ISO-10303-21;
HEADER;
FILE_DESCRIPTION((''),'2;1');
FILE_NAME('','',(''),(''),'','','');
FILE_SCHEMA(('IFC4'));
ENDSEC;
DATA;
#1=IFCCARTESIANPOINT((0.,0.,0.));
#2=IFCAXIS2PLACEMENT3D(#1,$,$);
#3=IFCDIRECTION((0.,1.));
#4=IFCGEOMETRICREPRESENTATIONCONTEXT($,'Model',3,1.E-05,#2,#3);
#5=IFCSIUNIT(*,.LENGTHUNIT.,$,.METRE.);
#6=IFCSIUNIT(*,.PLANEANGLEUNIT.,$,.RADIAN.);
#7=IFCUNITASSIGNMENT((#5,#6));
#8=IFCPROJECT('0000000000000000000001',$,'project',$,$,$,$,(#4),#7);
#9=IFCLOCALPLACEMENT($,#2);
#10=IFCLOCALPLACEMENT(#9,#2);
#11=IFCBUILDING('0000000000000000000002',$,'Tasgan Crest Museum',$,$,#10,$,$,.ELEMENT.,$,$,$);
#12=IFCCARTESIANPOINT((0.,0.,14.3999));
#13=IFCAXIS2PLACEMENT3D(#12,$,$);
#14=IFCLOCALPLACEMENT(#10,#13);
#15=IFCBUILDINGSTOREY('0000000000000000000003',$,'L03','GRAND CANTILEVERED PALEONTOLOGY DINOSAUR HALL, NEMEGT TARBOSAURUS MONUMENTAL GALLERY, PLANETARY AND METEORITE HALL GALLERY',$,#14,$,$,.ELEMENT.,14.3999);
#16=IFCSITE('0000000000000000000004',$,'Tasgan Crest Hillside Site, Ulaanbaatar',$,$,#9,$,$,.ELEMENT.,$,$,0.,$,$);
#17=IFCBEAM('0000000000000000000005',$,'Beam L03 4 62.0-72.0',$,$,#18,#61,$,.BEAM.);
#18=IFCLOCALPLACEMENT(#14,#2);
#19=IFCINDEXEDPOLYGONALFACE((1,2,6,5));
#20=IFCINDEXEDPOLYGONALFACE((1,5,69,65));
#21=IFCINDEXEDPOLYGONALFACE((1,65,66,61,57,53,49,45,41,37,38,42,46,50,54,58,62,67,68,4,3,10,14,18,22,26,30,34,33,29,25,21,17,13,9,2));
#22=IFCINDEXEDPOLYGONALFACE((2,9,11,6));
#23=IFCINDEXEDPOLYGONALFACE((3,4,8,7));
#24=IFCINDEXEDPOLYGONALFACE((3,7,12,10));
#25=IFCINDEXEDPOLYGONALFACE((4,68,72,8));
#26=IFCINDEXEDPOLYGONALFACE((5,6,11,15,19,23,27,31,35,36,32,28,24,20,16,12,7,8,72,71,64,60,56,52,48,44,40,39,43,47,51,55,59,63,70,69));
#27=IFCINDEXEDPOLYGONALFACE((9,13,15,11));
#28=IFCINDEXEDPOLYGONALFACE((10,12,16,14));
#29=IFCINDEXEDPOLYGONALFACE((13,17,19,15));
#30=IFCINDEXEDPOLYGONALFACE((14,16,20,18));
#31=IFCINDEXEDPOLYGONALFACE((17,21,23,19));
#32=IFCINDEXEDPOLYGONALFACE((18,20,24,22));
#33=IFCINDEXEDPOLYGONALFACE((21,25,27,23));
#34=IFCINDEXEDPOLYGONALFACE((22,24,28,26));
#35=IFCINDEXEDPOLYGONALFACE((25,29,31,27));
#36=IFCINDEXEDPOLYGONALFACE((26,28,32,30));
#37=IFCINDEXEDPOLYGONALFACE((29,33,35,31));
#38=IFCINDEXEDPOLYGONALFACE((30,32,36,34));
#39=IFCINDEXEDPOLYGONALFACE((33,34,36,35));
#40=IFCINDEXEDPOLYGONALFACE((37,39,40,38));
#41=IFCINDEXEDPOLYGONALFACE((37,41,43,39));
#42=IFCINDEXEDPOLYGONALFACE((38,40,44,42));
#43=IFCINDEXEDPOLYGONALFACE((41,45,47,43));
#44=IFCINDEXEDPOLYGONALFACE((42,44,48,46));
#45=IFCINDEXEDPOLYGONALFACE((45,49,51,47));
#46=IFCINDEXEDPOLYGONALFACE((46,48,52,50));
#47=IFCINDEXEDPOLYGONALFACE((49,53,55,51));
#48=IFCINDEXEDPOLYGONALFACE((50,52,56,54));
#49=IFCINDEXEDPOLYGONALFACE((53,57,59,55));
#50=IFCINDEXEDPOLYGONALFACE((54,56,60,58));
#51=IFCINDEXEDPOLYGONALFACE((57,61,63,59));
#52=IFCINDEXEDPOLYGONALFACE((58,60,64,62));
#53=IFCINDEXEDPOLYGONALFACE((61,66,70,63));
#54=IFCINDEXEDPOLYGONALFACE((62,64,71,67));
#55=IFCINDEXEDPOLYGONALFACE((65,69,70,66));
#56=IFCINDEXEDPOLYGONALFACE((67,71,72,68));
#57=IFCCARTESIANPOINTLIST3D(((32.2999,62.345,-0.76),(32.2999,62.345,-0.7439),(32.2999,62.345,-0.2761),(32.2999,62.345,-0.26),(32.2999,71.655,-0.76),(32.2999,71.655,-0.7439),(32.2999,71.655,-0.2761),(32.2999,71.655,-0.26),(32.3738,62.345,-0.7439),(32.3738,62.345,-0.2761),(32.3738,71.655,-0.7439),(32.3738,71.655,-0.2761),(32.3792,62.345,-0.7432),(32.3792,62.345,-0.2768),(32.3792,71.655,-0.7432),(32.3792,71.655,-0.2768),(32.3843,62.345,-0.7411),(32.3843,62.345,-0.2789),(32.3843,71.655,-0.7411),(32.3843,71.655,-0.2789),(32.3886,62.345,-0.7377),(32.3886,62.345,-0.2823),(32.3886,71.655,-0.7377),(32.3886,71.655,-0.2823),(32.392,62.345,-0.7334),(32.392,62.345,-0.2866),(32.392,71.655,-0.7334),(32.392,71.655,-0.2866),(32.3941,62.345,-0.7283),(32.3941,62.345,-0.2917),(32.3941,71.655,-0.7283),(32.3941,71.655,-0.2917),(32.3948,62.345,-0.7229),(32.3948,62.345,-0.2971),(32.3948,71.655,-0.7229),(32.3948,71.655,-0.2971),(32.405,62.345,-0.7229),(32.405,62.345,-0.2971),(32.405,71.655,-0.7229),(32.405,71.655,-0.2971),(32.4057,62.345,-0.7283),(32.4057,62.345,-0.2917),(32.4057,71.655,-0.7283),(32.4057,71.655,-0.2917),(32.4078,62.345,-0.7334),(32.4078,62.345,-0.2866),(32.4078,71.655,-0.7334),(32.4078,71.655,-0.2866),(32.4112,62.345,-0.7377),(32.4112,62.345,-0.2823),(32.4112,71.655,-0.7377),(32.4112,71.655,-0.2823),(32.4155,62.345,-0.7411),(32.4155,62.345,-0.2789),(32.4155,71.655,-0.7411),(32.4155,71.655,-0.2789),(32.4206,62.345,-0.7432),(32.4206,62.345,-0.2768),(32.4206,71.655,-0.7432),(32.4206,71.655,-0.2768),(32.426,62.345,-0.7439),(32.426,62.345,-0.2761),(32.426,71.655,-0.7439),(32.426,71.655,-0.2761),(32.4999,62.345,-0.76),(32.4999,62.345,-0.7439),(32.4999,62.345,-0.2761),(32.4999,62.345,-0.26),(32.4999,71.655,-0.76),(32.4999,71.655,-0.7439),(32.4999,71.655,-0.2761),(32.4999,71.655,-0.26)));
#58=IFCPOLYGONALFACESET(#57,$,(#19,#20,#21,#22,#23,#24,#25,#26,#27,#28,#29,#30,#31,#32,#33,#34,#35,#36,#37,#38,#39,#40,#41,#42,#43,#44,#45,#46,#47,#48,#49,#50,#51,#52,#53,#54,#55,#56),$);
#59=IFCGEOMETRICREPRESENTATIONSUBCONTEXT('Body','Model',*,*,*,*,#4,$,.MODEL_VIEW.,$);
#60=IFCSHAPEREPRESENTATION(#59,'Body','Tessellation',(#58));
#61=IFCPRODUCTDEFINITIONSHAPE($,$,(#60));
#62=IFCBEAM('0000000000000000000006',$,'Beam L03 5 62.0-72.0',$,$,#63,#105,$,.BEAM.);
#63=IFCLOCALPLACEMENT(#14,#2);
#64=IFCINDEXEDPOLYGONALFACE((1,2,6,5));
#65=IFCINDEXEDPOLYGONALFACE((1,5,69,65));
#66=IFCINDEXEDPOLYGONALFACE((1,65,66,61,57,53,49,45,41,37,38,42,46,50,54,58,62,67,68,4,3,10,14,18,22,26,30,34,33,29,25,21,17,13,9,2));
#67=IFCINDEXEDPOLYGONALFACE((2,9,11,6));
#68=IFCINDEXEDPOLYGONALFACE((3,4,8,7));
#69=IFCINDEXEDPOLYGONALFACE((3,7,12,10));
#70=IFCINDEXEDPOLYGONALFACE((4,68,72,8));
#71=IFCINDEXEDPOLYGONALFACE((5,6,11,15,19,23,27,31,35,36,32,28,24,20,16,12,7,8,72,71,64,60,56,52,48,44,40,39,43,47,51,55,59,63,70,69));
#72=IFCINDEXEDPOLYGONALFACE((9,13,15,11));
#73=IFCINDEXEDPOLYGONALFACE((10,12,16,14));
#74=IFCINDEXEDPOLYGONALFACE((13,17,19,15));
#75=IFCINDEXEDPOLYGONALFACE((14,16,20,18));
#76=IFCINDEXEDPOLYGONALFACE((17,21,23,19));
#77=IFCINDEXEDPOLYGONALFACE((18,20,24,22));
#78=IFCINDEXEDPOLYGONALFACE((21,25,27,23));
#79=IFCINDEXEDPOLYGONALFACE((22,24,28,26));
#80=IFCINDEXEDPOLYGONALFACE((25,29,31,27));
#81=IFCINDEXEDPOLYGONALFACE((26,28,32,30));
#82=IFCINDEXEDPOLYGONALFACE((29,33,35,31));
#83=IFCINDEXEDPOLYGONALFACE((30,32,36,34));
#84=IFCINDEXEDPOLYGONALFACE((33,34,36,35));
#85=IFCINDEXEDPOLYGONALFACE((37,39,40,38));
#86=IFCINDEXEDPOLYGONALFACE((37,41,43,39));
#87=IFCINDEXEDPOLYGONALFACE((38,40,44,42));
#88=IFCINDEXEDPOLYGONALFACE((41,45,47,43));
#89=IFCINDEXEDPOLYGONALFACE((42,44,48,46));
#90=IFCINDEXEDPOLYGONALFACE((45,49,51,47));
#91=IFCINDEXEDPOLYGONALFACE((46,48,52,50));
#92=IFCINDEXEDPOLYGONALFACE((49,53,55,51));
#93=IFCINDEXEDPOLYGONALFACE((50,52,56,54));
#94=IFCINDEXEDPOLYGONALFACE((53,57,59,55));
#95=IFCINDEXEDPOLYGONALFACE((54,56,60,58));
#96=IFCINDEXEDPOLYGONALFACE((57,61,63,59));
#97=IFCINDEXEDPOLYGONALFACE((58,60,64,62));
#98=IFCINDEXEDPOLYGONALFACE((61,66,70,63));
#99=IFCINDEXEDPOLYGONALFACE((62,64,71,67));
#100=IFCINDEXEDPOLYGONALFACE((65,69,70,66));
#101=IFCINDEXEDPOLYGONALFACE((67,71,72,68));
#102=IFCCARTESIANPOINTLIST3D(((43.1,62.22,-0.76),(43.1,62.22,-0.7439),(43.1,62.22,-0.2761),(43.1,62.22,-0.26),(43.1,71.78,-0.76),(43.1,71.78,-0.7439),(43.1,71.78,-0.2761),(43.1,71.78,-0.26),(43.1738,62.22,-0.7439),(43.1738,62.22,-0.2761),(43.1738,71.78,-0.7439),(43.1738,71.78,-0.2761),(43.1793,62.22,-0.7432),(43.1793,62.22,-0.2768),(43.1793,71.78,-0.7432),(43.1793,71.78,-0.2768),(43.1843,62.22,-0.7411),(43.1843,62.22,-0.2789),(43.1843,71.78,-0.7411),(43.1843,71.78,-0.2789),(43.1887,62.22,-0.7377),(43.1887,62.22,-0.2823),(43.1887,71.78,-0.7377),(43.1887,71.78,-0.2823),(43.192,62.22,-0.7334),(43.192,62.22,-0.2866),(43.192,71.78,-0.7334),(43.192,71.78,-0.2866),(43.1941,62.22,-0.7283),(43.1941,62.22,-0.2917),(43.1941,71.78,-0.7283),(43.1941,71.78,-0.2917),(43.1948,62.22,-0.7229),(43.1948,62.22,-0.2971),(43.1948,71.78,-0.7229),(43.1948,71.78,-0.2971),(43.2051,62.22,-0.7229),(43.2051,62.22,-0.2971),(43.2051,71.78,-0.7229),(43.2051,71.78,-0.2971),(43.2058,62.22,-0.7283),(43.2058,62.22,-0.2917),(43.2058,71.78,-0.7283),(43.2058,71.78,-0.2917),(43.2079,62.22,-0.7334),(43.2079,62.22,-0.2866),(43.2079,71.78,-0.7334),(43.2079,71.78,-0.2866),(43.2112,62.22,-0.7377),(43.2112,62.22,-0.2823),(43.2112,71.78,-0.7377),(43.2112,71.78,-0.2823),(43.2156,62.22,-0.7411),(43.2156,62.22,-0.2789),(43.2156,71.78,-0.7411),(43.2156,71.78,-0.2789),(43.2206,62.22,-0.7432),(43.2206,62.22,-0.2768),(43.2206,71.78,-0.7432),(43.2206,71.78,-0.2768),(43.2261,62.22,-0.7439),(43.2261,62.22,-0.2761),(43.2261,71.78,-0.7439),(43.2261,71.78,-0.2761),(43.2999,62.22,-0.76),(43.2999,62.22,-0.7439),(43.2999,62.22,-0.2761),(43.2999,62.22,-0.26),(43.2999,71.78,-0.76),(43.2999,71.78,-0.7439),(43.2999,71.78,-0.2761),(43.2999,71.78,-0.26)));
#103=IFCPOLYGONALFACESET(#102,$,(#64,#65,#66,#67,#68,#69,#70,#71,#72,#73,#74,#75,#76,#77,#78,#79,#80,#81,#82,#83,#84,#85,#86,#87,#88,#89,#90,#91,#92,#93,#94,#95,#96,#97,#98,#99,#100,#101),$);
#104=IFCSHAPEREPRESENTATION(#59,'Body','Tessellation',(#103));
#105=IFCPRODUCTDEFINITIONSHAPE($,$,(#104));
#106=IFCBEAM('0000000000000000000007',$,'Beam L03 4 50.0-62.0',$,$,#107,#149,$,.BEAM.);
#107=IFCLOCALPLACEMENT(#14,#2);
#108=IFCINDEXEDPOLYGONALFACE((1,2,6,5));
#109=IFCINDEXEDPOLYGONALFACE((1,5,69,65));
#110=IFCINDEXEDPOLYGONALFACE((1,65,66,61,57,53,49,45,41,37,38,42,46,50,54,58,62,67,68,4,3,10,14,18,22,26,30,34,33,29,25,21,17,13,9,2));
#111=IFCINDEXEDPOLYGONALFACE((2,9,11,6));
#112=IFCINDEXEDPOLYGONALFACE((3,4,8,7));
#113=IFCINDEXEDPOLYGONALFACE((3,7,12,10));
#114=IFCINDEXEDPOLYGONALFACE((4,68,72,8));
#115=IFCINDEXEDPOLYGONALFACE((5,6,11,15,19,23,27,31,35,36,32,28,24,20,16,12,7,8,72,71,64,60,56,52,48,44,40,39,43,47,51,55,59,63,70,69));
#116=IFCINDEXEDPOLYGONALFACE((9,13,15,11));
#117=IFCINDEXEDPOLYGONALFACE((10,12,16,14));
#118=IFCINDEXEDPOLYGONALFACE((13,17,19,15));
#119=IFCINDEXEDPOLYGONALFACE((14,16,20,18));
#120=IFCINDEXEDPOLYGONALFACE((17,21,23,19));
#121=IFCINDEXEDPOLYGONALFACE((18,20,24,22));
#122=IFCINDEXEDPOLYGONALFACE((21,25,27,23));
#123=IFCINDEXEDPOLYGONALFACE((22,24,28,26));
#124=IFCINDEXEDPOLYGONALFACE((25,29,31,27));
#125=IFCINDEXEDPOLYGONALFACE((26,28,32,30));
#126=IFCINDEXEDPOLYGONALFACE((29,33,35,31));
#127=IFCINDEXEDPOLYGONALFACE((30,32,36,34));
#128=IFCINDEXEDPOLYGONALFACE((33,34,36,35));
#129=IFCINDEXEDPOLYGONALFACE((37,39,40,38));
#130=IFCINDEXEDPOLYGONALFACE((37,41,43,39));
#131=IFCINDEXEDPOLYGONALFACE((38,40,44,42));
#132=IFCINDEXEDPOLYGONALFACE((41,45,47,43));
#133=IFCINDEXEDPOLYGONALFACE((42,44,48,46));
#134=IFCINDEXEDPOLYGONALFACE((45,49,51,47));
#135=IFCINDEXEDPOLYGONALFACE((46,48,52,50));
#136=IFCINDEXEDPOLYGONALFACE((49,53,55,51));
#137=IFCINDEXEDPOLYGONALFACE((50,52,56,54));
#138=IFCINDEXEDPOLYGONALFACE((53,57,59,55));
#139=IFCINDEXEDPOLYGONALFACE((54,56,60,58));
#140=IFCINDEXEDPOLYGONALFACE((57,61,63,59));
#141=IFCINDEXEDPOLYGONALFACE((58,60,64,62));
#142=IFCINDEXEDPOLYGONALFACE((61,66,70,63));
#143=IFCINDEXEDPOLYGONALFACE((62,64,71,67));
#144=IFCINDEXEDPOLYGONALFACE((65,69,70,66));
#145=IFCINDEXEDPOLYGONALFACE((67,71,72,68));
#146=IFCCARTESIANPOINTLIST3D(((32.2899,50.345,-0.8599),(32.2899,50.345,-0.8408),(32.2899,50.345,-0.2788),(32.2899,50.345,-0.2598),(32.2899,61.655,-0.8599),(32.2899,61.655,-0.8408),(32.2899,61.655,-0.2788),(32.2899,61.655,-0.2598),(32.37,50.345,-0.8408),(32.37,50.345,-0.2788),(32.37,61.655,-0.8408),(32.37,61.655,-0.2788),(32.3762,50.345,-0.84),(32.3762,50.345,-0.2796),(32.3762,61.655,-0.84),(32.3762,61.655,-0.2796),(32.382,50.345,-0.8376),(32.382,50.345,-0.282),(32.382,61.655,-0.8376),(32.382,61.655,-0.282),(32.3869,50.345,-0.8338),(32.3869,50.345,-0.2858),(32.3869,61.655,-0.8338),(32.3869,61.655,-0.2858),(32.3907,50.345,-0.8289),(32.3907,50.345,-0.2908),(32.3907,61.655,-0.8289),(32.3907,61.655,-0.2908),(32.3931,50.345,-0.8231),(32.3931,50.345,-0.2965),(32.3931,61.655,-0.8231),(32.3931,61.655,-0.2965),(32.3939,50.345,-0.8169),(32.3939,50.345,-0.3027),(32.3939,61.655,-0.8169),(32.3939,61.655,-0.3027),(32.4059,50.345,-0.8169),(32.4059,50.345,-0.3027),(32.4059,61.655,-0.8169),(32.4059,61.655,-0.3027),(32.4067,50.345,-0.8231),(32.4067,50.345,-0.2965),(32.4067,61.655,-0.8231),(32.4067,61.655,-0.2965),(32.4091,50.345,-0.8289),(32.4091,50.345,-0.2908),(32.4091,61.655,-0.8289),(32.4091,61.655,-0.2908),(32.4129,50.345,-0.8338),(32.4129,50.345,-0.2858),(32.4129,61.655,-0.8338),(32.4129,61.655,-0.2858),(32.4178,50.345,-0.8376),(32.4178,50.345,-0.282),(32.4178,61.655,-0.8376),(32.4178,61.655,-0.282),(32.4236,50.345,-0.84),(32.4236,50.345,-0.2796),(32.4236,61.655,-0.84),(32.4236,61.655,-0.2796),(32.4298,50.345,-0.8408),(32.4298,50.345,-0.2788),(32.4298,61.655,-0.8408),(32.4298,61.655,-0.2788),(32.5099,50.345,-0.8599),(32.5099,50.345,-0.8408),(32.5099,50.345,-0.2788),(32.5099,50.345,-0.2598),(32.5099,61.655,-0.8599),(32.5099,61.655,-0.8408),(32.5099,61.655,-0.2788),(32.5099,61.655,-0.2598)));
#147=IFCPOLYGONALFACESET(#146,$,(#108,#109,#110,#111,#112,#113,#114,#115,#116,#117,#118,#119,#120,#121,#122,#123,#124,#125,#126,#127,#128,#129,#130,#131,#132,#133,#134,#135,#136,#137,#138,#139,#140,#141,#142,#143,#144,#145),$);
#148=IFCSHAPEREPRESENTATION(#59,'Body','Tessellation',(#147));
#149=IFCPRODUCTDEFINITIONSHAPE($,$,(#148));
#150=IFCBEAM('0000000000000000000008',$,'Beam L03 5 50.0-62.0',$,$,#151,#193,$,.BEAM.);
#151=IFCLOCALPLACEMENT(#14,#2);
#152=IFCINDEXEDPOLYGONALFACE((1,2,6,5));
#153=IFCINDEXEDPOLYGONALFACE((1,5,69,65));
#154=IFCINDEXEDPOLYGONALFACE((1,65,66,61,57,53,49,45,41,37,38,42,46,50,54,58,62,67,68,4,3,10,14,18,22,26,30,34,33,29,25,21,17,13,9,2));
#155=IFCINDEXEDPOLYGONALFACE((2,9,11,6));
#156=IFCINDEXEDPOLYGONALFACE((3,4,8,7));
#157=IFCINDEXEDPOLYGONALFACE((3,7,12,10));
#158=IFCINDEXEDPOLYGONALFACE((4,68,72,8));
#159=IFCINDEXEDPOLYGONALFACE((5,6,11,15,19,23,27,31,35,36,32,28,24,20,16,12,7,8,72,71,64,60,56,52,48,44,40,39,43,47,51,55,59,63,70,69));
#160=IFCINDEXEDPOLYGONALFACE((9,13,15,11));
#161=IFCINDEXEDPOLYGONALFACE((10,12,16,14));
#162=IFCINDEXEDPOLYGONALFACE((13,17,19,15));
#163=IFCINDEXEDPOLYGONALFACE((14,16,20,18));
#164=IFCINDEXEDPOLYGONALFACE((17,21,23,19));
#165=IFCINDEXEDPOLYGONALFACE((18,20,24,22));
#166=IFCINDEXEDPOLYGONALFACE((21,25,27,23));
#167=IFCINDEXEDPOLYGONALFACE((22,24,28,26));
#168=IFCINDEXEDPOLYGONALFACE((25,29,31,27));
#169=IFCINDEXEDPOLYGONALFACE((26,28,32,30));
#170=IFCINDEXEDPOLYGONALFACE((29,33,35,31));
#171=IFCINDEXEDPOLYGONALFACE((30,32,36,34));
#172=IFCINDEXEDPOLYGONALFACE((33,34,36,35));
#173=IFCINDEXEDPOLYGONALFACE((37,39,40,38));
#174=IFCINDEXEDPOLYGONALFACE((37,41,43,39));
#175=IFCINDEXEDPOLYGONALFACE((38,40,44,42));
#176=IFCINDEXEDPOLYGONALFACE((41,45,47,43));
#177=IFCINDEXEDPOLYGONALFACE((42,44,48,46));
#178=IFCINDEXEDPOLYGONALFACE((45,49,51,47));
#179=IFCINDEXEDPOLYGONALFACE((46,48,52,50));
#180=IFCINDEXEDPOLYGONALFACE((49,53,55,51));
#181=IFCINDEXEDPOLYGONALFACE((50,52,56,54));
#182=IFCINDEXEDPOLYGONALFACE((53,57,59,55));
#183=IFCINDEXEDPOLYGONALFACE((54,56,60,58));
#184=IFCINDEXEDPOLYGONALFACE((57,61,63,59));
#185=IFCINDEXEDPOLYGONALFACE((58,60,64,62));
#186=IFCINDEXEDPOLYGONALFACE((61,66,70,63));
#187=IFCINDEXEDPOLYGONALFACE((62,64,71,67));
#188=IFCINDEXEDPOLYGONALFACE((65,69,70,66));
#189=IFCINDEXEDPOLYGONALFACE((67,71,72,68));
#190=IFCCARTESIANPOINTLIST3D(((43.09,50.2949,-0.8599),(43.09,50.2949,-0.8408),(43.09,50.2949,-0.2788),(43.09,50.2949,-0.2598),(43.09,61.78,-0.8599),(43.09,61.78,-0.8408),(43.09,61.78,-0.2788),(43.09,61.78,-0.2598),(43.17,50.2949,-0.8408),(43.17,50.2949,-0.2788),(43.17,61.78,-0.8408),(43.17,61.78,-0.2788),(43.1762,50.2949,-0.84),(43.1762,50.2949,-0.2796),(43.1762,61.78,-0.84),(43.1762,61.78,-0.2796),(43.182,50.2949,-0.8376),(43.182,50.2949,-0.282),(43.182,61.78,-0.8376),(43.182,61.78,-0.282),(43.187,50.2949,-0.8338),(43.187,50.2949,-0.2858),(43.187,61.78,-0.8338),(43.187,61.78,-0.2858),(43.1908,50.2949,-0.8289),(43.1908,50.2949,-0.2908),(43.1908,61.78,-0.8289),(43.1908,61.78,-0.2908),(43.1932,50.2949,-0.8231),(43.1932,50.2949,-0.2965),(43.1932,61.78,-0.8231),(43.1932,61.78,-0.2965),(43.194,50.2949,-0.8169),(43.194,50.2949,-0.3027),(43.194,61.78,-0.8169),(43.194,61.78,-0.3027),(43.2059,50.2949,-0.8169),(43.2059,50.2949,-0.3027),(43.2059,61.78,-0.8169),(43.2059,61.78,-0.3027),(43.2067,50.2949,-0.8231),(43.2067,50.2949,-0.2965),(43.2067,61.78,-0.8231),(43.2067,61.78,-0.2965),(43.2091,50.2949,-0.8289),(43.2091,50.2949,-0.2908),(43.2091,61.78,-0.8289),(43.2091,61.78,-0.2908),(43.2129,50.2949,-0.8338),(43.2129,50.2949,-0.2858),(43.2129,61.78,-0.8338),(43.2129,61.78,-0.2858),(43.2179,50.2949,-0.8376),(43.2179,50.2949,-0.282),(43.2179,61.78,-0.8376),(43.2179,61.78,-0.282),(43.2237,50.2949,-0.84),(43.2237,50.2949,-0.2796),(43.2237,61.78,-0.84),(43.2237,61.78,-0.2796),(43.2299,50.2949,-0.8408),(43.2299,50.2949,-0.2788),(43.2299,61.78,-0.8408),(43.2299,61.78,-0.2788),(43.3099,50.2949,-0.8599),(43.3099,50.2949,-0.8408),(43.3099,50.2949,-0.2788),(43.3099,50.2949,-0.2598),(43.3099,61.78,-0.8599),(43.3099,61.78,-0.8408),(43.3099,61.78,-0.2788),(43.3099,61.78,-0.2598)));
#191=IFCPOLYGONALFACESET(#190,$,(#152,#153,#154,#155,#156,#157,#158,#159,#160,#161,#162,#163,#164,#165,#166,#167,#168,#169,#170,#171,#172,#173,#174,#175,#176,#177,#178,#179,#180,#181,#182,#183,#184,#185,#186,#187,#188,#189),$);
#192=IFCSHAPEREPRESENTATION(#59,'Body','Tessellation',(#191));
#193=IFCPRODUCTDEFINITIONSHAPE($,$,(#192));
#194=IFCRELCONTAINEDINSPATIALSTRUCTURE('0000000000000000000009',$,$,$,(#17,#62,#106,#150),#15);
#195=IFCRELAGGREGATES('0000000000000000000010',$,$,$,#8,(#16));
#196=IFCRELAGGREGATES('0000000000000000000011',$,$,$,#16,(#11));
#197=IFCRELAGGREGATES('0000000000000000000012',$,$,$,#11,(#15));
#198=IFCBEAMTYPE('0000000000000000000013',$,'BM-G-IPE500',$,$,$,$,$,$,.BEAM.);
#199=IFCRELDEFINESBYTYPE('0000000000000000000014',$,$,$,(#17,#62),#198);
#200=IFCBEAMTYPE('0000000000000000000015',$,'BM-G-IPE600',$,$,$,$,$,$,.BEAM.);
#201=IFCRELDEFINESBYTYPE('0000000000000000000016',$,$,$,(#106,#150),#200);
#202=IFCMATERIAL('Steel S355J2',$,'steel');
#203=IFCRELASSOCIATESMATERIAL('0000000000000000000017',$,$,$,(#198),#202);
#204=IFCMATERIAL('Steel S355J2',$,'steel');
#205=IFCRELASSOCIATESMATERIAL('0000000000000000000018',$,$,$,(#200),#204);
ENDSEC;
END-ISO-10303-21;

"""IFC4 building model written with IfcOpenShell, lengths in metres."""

from ifc_helpers import new_model, si_unit, direction, frame, origin, origin_2d, place, context, subcontext, project, spatial, i_section, extrude, material, material_profile, profile_set, type_object, element, save


model = new_model("IFC4")

# Units and contexts
model_context = context("Model", 3, precision=1e-05, world=origin(), true_north=direction((0.0, 1.0)))
body_context = subcontext(model_context, "Body", "Model", "MODEL_VIEW")
ifc_project = project(units=[si_unit("LENGTHUNIT", "METRE"), si_unit("PLANEANGLEUNIT", "RADIAN")], contexts=[model_context])

# Site, building, storey
site_placement = place(None, origin())
site = spatial("IfcSite", under=ifc_project, at=site_placement, Name="Tasgan Crest Hillside Site, Ulaanbaatar", CompositionType="ELEMENT", RefElevation=0.0)
building_placement = place(site_placement, origin())
building = spatial("IfcBuilding", under=site, at=building_placement, Name="Tasgan Crest Museum", CompositionType="ELEMENT")
storey_placement = place(building_placement, frame((0.0, 0.0, 14.3999)))
storey = spatial("IfcBuildingStorey", under=building, at=storey_placement, Name="L03", Description="GRAND CANTILEVERED PALEONTOLOGY DINOSAUR HALL, NEMEGT TARBOSAURUS MONUMENTAL GALLERY, PLANETARY AND METEORITE HALL GALLERY", CompositionType="ELEMENT", Elevation=14.3999)

# Beams
ifc_material_1 = material(Name="Steel S355J2", Category="steel")
ifc_material_profile_1 = material_profile(ifc_material_1, i_section(OverallWidth=0.2, OverallDepth=0.5, WebThickness=0.0103, FlangeThickness=0.0161, FilletRadius=0.021, at=origin_2d()), Name="IPE 500")
ifc_profile_set_1 = profile_set([ifc_material_profile_1], Name="Steel S355J2")
beam_type_1 = type_object("IfcBeamType", Name="BM-G-IPE500", PredefinedType="BEAM", material=ifc_profile_set_1)
beam_1_placement = place(storey_placement, frame((32.3999, 62.345, -0.51), z_axis=(0.0, 1.0, 0.0), x_axis=(-1.0, 0.0, 0.0)))
element("IfcBeam", 1, at=beam_1_placement, inside=storey, type_object=beam_type_1, Name="Beam L03 4 62.0-72.0", PredefinedType="BEAM", context=body_context, shape_type="SweptSolid", body=[
    extrude(i_section(OverallWidth=0.2, OverallDepth=0.5, WebThickness=0.0103, FlangeThickness=0.0161, FilletRadius=0.021, at=origin_2d()), origin(), (0.0, 0.0, 1.0), 9.3101),
])
beam_2_placement = place(storey_placement, frame((43.2, 62.22, -0.51), z_axis=(0.0, 1.0, 0.0), x_axis=(-1.0, 0.0, 0.0)))
element("IfcBeam", 2, at=beam_2_placement, inside=storey, type_object=beam_type_1, Name="Beam L03 5 62.0-72.0", PredefinedType="BEAM", context=body_context, shape_type="SweptSolid", body=[
    extrude(i_section(OverallWidth=0.2, OverallDepth=0.5, WebThickness=0.0103, FlangeThickness=0.0161, FilletRadius=0.021, at=origin_2d()), origin(), (0.0, 0.0, 1.0), 9.5601),
])
ifc_material_2 = material(Name="Steel S355J2", Category="steel")
ifc_material_profile_2 = material_profile(ifc_material_2, i_section(OverallWidth=0.22, OverallDepth=0.6001, WebThickness=0.012, FlangeThickness=0.019, FilletRadius=0.0239, at=origin_2d()), Name="IPE 600")
ifc_profile_set_2 = profile_set([ifc_material_profile_2], Name="Steel S355J2")
beam_type_2 = type_object("IfcBeamType", Name="BM-G-IPE600", PredefinedType="BEAM", material=ifc_profile_set_2)
beam_3_placement = place(storey_placement, frame((32.3999, 50.345, -0.5598), z_axis=(0.0, 1.0, 0.0), x_axis=(-1.0, 0.0, 0.0)))
element("IfcBeam", 3, at=beam_3_placement, inside=storey, type_object=beam_type_2, Name="Beam L03 4 50.0-62.0", PredefinedType="BEAM", context=body_context, shape_type="SweptSolid", body=[
    extrude(i_section(OverallWidth=0.22, OverallDepth=0.6001, WebThickness=0.012, FlangeThickness=0.019, FilletRadius=0.0239, at=origin_2d()), origin(), (0.0, 0.0, 1.0), 11.3101),
])
beam_4_placement = place(storey_placement, frame((43.2, 50.2949, -0.5598), z_axis=(0.0, 1.0, 0.0), x_axis=(-1.0, 0.0, 0.0)))
element("IfcBeam", 4, at=beam_4_placement, inside=storey, type_object=beam_type_2, Name="Beam L03 5 50.0-62.0", PredefinedType="BEAM", context=body_context, shape_type="SweptSolid", body=[
    extrude(i_section(OverallWidth=0.22, OverallDepth=0.6001, WebThickness=0.012, FlangeThickness=0.019, FilletRadius=0.0239, at=origin_2d()), origin(), (0.0, 0.0, 1.0), 11.4851),
])

save(model, "model.ifc")
